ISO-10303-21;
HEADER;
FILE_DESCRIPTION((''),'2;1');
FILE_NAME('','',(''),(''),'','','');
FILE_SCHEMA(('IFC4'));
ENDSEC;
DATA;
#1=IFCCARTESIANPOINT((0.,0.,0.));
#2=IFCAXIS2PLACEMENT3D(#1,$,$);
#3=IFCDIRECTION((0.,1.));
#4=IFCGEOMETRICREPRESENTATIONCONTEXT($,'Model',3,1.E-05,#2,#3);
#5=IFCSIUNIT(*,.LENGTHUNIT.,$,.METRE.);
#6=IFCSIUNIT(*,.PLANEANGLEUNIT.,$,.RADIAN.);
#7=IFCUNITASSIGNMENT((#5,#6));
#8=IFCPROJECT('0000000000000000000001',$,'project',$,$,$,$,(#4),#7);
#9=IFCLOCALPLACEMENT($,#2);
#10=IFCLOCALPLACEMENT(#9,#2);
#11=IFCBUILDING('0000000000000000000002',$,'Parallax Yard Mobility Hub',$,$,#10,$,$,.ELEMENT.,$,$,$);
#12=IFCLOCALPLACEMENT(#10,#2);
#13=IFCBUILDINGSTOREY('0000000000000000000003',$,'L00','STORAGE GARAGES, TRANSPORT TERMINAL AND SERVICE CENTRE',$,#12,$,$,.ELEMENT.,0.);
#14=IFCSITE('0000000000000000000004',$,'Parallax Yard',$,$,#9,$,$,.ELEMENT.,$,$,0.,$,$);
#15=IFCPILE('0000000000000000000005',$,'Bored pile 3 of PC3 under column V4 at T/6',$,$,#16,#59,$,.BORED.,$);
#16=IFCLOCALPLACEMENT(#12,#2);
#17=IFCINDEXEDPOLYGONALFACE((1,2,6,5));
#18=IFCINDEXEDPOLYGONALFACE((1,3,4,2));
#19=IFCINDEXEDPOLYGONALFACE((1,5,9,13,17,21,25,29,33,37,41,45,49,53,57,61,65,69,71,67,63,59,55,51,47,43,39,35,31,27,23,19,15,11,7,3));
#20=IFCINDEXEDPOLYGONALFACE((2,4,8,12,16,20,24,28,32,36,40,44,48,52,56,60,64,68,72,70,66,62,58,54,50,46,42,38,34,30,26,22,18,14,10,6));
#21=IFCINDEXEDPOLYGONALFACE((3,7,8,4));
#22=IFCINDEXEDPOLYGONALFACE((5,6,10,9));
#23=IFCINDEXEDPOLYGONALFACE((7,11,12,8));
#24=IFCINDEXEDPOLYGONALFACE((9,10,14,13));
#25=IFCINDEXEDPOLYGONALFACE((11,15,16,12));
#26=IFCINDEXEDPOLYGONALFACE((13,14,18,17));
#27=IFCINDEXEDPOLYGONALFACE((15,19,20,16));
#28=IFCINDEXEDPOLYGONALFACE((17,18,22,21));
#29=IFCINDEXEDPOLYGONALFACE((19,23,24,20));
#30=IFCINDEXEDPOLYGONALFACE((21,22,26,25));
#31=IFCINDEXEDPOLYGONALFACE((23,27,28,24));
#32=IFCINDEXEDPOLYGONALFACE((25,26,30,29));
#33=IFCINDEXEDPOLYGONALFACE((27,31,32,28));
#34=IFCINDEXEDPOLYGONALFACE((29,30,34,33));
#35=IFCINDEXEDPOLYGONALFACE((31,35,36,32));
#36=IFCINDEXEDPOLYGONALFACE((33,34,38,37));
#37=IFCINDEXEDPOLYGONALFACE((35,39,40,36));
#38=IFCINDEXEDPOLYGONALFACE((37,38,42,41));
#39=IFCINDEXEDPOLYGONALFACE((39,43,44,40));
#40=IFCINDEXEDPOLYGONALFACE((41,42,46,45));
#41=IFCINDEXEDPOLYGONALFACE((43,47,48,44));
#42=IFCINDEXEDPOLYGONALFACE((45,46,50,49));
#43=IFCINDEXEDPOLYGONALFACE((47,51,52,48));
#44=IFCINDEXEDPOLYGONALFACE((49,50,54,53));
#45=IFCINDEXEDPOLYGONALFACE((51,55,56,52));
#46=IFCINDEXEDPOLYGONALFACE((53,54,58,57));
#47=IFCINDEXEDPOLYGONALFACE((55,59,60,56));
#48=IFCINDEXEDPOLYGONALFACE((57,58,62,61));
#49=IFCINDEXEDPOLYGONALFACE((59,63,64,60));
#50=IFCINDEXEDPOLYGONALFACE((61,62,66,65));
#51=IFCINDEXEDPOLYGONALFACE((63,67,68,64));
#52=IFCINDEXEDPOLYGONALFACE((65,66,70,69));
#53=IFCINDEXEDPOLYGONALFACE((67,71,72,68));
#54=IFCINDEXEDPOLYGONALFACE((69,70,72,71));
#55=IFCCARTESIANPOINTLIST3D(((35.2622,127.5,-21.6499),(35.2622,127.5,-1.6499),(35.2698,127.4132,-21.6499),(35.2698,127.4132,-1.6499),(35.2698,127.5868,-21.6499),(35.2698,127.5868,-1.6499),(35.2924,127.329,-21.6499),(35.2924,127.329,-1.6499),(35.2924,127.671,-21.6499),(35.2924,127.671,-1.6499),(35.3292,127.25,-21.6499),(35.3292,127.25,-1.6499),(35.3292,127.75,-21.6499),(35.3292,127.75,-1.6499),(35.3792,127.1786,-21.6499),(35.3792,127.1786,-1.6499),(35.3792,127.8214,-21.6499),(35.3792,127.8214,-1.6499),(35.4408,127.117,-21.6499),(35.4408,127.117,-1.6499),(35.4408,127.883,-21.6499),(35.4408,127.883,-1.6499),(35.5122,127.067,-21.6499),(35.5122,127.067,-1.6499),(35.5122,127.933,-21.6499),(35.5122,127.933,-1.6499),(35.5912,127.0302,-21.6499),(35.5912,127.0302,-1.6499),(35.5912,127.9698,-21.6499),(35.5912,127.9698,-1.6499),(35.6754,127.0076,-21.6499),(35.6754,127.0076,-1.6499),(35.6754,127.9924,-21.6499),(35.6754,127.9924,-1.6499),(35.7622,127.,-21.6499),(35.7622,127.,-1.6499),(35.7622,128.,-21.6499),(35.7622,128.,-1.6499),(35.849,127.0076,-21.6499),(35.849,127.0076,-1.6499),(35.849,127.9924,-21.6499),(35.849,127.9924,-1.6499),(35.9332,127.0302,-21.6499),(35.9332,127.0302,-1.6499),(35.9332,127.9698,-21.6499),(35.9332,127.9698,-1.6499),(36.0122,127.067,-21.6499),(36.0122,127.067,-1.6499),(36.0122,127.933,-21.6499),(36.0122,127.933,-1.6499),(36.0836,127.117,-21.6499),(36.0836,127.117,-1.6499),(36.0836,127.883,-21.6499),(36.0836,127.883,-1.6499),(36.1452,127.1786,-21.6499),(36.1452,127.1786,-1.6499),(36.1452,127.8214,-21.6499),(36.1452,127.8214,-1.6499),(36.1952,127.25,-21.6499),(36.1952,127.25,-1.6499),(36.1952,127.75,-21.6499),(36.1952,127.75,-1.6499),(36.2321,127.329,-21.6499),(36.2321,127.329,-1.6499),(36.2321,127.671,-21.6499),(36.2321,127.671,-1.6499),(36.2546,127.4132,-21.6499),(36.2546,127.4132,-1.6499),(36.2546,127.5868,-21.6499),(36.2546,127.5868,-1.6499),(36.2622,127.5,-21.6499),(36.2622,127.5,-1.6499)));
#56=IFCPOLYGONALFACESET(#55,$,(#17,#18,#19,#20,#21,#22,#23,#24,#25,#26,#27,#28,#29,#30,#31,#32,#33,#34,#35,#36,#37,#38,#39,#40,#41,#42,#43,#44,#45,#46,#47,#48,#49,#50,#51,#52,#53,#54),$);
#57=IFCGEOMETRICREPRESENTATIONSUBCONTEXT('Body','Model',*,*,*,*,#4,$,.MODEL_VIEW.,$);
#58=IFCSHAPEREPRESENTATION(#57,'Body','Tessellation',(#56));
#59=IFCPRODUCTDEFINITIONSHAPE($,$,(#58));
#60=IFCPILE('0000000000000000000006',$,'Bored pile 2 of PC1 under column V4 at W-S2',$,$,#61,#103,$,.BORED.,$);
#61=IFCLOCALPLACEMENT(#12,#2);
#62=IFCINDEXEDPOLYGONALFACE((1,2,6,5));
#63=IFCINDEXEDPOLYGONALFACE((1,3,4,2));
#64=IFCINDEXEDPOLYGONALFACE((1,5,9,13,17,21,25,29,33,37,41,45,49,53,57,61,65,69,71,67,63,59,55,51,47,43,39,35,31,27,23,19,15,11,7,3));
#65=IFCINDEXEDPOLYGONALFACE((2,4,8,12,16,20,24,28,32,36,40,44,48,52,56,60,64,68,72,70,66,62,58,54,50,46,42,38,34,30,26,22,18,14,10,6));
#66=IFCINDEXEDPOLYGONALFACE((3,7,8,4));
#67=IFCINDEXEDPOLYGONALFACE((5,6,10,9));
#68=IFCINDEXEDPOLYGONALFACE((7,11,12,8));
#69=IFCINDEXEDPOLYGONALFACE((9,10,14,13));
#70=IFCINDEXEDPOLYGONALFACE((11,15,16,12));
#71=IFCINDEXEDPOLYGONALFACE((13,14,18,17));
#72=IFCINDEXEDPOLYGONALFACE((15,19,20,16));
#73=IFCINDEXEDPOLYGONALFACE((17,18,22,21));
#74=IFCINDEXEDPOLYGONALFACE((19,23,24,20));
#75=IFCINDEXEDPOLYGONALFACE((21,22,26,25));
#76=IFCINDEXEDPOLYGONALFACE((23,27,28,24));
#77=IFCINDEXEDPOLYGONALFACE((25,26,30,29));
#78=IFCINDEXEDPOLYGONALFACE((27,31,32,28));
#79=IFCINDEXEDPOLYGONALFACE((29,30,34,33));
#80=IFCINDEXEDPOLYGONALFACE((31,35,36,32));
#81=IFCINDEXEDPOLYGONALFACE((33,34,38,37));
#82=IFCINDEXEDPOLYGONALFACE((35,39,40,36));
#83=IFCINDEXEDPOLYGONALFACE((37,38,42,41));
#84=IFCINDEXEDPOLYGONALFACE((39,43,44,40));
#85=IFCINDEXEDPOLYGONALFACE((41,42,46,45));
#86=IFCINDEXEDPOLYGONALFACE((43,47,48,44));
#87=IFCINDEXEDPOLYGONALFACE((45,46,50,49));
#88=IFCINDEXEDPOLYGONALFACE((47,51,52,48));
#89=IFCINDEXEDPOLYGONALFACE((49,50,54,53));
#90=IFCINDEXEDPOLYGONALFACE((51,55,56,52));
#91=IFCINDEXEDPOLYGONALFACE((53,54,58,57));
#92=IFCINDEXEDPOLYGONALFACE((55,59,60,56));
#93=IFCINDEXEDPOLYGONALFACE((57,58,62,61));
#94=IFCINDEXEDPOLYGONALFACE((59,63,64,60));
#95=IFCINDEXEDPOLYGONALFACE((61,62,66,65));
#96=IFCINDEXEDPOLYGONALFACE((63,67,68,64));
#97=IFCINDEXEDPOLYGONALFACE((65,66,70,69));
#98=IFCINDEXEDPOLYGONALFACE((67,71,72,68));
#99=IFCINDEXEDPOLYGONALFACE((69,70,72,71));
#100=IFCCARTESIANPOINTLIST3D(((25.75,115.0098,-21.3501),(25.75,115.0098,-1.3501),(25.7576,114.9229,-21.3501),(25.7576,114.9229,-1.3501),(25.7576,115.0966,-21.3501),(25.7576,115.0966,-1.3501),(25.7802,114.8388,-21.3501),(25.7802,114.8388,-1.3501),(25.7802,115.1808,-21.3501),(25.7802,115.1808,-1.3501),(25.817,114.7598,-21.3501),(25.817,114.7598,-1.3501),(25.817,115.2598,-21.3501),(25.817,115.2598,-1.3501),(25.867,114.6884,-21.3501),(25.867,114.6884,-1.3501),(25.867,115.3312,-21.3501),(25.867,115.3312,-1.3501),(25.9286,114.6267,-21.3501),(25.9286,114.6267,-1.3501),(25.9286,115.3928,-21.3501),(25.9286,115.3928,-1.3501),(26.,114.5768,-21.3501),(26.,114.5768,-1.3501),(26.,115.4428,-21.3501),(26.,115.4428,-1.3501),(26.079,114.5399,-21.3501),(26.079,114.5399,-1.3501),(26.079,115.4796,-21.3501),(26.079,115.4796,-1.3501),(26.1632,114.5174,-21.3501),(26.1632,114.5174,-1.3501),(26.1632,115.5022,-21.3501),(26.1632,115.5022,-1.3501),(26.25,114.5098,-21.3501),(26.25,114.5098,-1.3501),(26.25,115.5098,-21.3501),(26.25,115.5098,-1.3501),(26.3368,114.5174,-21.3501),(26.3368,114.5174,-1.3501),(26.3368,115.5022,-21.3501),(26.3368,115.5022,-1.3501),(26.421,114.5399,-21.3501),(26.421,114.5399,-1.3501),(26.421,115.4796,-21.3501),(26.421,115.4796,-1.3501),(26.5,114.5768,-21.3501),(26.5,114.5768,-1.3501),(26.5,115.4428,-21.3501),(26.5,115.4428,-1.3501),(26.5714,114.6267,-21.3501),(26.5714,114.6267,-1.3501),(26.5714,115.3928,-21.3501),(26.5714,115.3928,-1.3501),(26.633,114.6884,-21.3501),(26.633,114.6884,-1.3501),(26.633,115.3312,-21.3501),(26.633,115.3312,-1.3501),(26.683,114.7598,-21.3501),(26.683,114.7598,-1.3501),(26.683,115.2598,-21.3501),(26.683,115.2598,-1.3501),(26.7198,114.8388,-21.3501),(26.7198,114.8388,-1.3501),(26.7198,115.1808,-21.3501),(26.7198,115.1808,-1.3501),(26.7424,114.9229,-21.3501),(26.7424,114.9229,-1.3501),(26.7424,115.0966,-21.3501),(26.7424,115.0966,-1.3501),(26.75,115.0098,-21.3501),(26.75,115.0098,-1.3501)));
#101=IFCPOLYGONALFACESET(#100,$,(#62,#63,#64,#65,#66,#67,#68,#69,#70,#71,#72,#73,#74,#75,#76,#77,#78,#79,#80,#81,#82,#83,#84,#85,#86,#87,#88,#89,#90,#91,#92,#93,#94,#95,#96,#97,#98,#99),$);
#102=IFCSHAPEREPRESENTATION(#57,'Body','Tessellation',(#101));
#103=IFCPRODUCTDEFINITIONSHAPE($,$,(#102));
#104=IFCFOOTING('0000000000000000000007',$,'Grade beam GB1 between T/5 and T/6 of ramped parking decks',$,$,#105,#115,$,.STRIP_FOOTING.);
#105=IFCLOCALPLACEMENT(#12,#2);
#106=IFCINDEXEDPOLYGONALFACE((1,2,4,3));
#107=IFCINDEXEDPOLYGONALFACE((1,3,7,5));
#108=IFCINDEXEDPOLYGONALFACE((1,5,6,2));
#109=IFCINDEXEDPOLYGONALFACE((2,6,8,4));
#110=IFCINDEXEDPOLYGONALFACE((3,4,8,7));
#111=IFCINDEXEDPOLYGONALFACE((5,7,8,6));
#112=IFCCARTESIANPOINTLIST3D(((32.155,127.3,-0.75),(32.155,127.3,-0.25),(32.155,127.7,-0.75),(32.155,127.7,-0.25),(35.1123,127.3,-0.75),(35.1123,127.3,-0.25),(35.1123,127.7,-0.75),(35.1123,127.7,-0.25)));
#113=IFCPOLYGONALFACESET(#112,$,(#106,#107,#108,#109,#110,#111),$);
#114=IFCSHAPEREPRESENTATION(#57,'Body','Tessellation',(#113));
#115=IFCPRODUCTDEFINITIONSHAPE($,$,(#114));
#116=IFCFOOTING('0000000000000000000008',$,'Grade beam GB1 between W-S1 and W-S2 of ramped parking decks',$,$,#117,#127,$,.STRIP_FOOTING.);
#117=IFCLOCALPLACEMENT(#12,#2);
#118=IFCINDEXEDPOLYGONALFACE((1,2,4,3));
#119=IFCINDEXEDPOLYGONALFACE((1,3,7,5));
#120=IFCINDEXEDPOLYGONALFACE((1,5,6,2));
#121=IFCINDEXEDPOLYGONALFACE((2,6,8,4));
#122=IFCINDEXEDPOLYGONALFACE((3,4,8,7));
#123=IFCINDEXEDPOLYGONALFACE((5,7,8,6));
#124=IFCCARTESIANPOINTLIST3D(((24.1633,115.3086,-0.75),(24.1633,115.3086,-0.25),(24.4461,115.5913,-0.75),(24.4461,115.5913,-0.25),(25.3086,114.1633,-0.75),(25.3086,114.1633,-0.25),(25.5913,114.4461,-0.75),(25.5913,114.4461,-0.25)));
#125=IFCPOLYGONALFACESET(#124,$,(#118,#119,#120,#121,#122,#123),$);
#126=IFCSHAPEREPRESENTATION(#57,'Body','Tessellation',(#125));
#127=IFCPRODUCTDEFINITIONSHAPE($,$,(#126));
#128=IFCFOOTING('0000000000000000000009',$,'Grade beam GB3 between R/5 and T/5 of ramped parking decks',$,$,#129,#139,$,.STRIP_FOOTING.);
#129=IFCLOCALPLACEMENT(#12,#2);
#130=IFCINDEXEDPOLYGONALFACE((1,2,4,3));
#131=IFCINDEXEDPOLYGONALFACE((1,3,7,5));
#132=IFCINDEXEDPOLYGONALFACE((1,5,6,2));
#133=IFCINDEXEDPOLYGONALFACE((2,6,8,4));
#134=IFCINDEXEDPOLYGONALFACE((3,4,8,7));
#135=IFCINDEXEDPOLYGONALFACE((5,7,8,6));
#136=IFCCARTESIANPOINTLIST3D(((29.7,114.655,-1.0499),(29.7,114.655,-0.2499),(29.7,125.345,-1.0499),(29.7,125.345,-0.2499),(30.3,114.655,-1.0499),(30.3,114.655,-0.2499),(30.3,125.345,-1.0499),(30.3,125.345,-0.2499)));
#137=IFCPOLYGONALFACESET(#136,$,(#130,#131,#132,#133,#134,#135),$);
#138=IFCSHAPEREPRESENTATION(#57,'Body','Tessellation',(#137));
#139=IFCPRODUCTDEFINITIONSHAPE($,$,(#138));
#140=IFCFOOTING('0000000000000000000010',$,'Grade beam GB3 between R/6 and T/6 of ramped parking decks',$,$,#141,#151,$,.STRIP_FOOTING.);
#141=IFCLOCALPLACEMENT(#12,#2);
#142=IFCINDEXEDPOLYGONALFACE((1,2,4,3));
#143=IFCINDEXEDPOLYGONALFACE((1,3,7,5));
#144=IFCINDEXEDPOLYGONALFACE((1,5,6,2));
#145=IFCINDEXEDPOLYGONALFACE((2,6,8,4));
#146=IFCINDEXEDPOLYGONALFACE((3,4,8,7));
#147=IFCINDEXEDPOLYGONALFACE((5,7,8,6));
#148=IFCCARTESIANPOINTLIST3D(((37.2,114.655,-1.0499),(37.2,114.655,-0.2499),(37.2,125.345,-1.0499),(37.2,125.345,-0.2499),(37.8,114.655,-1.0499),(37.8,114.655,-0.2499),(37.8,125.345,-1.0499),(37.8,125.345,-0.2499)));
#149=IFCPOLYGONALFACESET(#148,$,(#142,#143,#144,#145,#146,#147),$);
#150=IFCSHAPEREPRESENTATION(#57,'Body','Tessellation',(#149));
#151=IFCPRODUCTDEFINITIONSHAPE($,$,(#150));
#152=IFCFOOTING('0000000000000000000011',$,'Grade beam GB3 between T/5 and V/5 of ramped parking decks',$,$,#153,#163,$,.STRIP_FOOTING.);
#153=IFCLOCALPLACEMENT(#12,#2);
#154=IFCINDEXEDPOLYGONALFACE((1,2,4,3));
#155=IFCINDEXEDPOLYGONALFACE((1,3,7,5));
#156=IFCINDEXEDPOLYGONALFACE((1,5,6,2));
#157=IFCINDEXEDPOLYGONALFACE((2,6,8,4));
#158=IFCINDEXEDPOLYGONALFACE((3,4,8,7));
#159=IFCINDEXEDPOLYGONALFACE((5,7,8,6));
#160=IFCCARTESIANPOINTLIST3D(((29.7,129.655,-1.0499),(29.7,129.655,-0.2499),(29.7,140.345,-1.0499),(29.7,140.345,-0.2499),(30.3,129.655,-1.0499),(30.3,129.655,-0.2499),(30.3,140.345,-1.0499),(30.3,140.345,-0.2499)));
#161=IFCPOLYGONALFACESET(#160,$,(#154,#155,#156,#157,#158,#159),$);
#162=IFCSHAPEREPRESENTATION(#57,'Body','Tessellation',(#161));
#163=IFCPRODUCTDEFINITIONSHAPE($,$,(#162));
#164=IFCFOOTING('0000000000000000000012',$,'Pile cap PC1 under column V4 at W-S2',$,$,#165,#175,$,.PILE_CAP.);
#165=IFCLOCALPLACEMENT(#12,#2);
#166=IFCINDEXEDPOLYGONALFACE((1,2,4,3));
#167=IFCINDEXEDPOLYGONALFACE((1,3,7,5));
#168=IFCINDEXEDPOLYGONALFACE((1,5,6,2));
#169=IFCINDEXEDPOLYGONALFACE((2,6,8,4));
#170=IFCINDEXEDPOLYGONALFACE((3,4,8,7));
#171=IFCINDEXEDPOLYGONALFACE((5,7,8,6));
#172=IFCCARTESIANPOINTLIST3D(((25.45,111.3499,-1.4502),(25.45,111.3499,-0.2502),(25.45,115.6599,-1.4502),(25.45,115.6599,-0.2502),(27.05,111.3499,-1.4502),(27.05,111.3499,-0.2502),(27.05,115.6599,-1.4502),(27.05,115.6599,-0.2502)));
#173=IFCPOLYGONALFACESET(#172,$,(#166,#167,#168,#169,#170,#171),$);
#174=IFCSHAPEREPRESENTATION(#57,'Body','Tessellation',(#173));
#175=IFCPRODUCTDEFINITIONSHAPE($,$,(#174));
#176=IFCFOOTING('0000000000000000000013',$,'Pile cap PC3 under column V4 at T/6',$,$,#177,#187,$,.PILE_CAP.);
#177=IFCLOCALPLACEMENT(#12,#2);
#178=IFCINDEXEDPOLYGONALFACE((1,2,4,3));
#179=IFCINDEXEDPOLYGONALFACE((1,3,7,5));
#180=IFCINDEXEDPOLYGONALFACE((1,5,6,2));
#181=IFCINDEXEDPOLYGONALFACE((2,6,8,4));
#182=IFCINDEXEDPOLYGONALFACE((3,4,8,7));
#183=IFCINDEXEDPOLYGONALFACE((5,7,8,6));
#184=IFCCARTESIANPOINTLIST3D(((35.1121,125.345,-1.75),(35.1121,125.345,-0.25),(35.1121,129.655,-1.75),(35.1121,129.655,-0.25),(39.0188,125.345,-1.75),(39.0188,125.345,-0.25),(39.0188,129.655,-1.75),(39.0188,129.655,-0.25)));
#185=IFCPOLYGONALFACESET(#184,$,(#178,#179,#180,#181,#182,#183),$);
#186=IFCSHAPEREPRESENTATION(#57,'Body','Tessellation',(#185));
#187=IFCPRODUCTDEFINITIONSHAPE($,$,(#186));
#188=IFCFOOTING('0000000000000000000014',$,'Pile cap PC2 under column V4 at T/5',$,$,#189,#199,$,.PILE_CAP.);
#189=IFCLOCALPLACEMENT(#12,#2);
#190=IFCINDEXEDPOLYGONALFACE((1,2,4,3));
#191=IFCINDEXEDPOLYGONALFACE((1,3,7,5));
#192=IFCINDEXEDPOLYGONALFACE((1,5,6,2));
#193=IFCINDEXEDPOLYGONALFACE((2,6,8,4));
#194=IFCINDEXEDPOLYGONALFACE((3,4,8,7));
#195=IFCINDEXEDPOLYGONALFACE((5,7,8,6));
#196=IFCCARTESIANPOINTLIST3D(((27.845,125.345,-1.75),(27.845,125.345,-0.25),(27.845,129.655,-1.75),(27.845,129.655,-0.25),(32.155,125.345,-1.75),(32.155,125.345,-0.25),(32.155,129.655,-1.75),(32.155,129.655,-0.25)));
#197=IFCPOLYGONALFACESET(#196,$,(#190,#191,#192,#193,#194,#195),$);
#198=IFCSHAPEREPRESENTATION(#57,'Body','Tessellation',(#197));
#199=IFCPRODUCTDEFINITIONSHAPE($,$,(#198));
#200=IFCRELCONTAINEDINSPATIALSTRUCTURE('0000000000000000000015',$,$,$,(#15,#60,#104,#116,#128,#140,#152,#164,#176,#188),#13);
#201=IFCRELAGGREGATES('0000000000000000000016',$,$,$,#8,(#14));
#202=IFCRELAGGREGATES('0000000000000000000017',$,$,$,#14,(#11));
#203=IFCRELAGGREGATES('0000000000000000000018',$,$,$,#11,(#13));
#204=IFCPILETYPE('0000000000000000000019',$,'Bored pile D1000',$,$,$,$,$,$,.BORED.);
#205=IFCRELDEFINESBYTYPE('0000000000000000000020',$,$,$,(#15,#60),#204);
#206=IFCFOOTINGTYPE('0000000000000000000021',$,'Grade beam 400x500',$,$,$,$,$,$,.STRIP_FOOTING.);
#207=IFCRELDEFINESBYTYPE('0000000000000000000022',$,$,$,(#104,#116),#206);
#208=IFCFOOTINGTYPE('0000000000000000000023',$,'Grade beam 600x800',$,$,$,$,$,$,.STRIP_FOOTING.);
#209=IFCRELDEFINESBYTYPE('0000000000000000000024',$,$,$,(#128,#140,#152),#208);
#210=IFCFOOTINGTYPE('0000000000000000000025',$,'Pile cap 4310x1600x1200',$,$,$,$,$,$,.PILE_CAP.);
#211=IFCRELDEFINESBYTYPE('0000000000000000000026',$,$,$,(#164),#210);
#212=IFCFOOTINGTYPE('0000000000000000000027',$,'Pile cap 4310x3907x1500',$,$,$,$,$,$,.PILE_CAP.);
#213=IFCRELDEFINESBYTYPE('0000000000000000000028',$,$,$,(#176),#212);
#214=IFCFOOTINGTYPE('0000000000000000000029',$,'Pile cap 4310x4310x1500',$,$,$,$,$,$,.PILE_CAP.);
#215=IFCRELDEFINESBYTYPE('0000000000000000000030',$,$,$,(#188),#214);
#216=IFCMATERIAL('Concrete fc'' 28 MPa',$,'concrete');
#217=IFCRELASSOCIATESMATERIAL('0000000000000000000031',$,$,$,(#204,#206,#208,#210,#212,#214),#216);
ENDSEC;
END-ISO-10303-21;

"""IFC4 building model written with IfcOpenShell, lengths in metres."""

from ifc_helpers import new_model, si_unit, direction, frame, origin, origin_2d, place, context, subcontext, project, spatial, rectangle, circle, extrude, material, material_profile, profile_set, type_object, element, save


model = new_model("IFC4")

# Units and contexts
model_context = context("Model", 3, precision=1e-05, world=origin(), true_north=direction((0.0, 1.0)))
body_context = subcontext(model_context, "Body", "Model", "MODEL_VIEW")
ifc_project = project(units=[si_unit("LENGTHUNIT", "METRE"), si_unit("PLANEANGLEUNIT", "RADIAN")], contexts=[model_context])

# Site, building, storey
site_placement = place(None, origin())
site = spatial("IfcSite", under=ifc_project, at=site_placement, Name="Parallax Yard", CompositionType="ELEMENT", RefElevation=0.0)
building_placement = place(site_placement, origin())
building = spatial("IfcBuilding", under=site, at=building_placement, Name="Parallax Yard Mobility Hub", CompositionType="ELEMENT")
storey_placement = place(building_placement, origin())
storey = spatial("IfcBuildingStorey", under=building, at=storey_placement, Name="L00", Description="STORAGE GARAGES, TRANSPORT TERMINAL AND SERVICE CENTRE", CompositionType="ELEMENT", Elevation=0.0)

# Piles
ifc_material_1 = material(Name="Concrete fc' 28 MPa", Category="concrete")
ifc_material_profile_1 = material_profile(ifc_material_1, circle(Radius=0.5, at=origin_2d()), Name="Bored pile D1000")
ifc_profile_set_1 = profile_set([ifc_material_profile_1], Name="Concrete fc' 28 MPa")
pile_type = type_object("IfcPileType", Name="Bored pile D1000", PredefinedType="BORED", material=ifc_profile_set_1)
for number, where, z_axis, x_axis, name in (
    (1, (35.7622, 127.5, -1.6499), (0.0, 0.0, -1.0), (1.0, 0.0, 0.0), "Bored pile 3 of PC3 under column V4 at T/6"),
    (2, (26.25, 115.0098, -1.3501), (0.0, 0.0, -1.0), (1.0, 0.0, 0.0), "Bored pile 2 of PC1 under column V4 at W-S2"),
):
    element("IfcPile", number, at=place(storey_placement, frame(where, z_axis=z_axis, x_axis=x_axis)), inside=storey, type_object=pile_type, Name=name, PredefinedType="BORED", context=body_context, shape_type="SweptSolid", body=[
        extrude(circle(Radius=0.5, at=origin_2d()), origin(), (0.0, 0.0, 1.0), 20.0),
    ])

# Footings
ifc_material_profile_2 = material_profile(ifc_material_1, rectangle(XDim=0.3999, YDim=0.5, at=origin_2d()), Name="Grade beam 400x500")
ifc_profile_set_2 = profile_set([ifc_material_profile_2], Name="Concrete fc' 28 MPa")
footing_type_1 = type_object("IfcFootingType", Name="Grade beam 400x500", PredefinedType="STRIP_FOOTING", material=ifc_profile_set_2)
footing_1_placement = place(storey_placement, frame((32.155, 127.5, -0.5), z_axis=(1.0, 0.0, 0.0), x_axis=(0.0, 1.0, 0.0)))
element("IfcFooting", 3, at=footing_1_placement, inside=storey, type_object=footing_type_1, Name="Grade beam GB1 between T/5 and T/6 of ramped parking decks", PredefinedType="STRIP_FOOTING", context=body_context, shape_type="SweptSolid", body=[
    extrude(rectangle(XDim=0.3999, YDim=0.5, at=origin_2d()), origin(), (0.0, 0.0, 1.0), 2.9573),
])
footing_2_placement = place(storey_placement, frame((24.3047, 115.45, -0.5), z_axis=(0.707107, -0.707107, 0.0), x_axis=(0.707107, 0.707107, 0.0)))
element("IfcFooting", 4, at=footing_2_placement, inside=storey, type_object=footing_type_1, Name="Grade beam GB1 between W-S1 and W-S2 of ramped parking decks", PredefinedType="STRIP_FOOTING", context=body_context, shape_type="SweptSolid", body=[
    extrude(rectangle(XDim=0.3999, YDim=0.5, at=origin_2d()), origin(), (0.0, 0.0, 1.0), 1.6196),
])
ifc_material_profile_3 = material_profile(ifc_material_1, rectangle(XDim=0.6001, YDim=0.8, at=origin_2d()), Name="Grade beam 600x800")
ifc_profile_set_3 = profile_set([ifc_material_profile_3], Name="Concrete fc' 28 MPa")
footing_type_2 = type_object("IfcFootingType", Name="Grade beam 600x800", PredefinedType="STRIP_FOOTING", material=ifc_profile_set_3)
for number, where, z_axis, x_axis, name in (
    (5, (30.0, 114.655, -0.6499), (0.0, 1.0, 0.0), (-1.0, 0.0, 0.0), "Grade beam GB3 between R/5 and T/5 of ramped parking decks"),
    (6, (37.5, 114.655, -0.6499), (0.0, 1.0, 0.0), (-1.0, 0.0, 0.0), "Grade beam GB3 between R/6 and T/6 of ramped parking decks"),
    (7, (30.0, 129.655, -0.6499), (0.0, 1.0, 0.0), (-1.0, 0.0, 0.0), "Grade beam GB3 between T/5 and V/5 of ramped parking decks"),
):
    element("IfcFooting", number, at=place(storey_placement, frame(where, z_axis=z_axis, x_axis=x_axis)), inside=storey, type_object=footing_type_2, Name=name, PredefinedType="STRIP_FOOTING", context=body_context, shape_type="SweptSolid", body=[
        extrude(rectangle(XDim=0.6001, YDim=0.8, at=origin_2d()), origin(), (0.0, 0.0, 1.0), 10.6899),
    ])
footing_type_3 = type_object("IfcFootingType", Name="Pile cap 4310x1600x1200", PredefinedType="PILE_CAP", material=ifc_material_1)
footing_3_placement = place(storey_placement, frame((26.25, 113.5049, -1.4502), z_axis=(0.0, 0.0, 1.0), x_axis=(0.0, 1.0, 0.0)))
element("IfcFooting", 8, at=footing_3_placement, inside=storey, type_object=footing_type_3, Name="Pile cap PC1 under column V4 at W-S2", PredefinedType="PILE_CAP", context=body_context, shape_type="SweptSolid", body=[
    extrude(rectangle(XDim=4.3101, YDim=1.6001, at=origin_2d()), origin(), (0.0, 0.0, 1.0), 1.2),
])
footing_type_4 = type_object("IfcFootingType", Name="Pile cap 4310x3907x1500", PredefinedType="PILE_CAP", material=ifc_material_1)
footing_4_placement = place(storey_placement, frame((37.0654, 127.5, -1.75), z_axis=(0.0, 0.0, 1.0), x_axis=(0.0, 1.0, 0.0)))
element("IfcFooting", 9, at=footing_4_placement, inside=storey, type_object=footing_type_4, Name="Pile cap PC3 under column V4 at T/6", PredefinedType="PILE_CAP", context=body_context, shape_type="SweptSolid", body=[
    extrude(rectangle(XDim=4.3101, YDim=3.9067, at=origin_2d()), origin(), (0.0, 0.0, 1.0), 1.5),
])
footing_type_5 = type_object("IfcFootingType", Name="Pile cap 4310x4310x1500", PredefinedType="PILE_CAP", material=ifc_material_1)
footing_5_placement = place(storey_placement, frame((30.0, 127.5, -1.75), z_axis=(0.0, 0.0, 1.0), x_axis=(0.0, 1.0, 0.0)))
element("IfcFooting", 10, at=footing_5_placement, inside=storey, type_object=footing_type_5, Name="Pile cap PC2 under column V4 at T/5", PredefinedType="PILE_CAP", context=body_context, shape_type="SweptSolid", body=[
    extrude(rectangle(XDim=4.3101, YDim=4.3101, at=origin_2d()), origin(), (0.0, 0.0, 1.0), 1.5),
])

save(model, "model.ifc")
